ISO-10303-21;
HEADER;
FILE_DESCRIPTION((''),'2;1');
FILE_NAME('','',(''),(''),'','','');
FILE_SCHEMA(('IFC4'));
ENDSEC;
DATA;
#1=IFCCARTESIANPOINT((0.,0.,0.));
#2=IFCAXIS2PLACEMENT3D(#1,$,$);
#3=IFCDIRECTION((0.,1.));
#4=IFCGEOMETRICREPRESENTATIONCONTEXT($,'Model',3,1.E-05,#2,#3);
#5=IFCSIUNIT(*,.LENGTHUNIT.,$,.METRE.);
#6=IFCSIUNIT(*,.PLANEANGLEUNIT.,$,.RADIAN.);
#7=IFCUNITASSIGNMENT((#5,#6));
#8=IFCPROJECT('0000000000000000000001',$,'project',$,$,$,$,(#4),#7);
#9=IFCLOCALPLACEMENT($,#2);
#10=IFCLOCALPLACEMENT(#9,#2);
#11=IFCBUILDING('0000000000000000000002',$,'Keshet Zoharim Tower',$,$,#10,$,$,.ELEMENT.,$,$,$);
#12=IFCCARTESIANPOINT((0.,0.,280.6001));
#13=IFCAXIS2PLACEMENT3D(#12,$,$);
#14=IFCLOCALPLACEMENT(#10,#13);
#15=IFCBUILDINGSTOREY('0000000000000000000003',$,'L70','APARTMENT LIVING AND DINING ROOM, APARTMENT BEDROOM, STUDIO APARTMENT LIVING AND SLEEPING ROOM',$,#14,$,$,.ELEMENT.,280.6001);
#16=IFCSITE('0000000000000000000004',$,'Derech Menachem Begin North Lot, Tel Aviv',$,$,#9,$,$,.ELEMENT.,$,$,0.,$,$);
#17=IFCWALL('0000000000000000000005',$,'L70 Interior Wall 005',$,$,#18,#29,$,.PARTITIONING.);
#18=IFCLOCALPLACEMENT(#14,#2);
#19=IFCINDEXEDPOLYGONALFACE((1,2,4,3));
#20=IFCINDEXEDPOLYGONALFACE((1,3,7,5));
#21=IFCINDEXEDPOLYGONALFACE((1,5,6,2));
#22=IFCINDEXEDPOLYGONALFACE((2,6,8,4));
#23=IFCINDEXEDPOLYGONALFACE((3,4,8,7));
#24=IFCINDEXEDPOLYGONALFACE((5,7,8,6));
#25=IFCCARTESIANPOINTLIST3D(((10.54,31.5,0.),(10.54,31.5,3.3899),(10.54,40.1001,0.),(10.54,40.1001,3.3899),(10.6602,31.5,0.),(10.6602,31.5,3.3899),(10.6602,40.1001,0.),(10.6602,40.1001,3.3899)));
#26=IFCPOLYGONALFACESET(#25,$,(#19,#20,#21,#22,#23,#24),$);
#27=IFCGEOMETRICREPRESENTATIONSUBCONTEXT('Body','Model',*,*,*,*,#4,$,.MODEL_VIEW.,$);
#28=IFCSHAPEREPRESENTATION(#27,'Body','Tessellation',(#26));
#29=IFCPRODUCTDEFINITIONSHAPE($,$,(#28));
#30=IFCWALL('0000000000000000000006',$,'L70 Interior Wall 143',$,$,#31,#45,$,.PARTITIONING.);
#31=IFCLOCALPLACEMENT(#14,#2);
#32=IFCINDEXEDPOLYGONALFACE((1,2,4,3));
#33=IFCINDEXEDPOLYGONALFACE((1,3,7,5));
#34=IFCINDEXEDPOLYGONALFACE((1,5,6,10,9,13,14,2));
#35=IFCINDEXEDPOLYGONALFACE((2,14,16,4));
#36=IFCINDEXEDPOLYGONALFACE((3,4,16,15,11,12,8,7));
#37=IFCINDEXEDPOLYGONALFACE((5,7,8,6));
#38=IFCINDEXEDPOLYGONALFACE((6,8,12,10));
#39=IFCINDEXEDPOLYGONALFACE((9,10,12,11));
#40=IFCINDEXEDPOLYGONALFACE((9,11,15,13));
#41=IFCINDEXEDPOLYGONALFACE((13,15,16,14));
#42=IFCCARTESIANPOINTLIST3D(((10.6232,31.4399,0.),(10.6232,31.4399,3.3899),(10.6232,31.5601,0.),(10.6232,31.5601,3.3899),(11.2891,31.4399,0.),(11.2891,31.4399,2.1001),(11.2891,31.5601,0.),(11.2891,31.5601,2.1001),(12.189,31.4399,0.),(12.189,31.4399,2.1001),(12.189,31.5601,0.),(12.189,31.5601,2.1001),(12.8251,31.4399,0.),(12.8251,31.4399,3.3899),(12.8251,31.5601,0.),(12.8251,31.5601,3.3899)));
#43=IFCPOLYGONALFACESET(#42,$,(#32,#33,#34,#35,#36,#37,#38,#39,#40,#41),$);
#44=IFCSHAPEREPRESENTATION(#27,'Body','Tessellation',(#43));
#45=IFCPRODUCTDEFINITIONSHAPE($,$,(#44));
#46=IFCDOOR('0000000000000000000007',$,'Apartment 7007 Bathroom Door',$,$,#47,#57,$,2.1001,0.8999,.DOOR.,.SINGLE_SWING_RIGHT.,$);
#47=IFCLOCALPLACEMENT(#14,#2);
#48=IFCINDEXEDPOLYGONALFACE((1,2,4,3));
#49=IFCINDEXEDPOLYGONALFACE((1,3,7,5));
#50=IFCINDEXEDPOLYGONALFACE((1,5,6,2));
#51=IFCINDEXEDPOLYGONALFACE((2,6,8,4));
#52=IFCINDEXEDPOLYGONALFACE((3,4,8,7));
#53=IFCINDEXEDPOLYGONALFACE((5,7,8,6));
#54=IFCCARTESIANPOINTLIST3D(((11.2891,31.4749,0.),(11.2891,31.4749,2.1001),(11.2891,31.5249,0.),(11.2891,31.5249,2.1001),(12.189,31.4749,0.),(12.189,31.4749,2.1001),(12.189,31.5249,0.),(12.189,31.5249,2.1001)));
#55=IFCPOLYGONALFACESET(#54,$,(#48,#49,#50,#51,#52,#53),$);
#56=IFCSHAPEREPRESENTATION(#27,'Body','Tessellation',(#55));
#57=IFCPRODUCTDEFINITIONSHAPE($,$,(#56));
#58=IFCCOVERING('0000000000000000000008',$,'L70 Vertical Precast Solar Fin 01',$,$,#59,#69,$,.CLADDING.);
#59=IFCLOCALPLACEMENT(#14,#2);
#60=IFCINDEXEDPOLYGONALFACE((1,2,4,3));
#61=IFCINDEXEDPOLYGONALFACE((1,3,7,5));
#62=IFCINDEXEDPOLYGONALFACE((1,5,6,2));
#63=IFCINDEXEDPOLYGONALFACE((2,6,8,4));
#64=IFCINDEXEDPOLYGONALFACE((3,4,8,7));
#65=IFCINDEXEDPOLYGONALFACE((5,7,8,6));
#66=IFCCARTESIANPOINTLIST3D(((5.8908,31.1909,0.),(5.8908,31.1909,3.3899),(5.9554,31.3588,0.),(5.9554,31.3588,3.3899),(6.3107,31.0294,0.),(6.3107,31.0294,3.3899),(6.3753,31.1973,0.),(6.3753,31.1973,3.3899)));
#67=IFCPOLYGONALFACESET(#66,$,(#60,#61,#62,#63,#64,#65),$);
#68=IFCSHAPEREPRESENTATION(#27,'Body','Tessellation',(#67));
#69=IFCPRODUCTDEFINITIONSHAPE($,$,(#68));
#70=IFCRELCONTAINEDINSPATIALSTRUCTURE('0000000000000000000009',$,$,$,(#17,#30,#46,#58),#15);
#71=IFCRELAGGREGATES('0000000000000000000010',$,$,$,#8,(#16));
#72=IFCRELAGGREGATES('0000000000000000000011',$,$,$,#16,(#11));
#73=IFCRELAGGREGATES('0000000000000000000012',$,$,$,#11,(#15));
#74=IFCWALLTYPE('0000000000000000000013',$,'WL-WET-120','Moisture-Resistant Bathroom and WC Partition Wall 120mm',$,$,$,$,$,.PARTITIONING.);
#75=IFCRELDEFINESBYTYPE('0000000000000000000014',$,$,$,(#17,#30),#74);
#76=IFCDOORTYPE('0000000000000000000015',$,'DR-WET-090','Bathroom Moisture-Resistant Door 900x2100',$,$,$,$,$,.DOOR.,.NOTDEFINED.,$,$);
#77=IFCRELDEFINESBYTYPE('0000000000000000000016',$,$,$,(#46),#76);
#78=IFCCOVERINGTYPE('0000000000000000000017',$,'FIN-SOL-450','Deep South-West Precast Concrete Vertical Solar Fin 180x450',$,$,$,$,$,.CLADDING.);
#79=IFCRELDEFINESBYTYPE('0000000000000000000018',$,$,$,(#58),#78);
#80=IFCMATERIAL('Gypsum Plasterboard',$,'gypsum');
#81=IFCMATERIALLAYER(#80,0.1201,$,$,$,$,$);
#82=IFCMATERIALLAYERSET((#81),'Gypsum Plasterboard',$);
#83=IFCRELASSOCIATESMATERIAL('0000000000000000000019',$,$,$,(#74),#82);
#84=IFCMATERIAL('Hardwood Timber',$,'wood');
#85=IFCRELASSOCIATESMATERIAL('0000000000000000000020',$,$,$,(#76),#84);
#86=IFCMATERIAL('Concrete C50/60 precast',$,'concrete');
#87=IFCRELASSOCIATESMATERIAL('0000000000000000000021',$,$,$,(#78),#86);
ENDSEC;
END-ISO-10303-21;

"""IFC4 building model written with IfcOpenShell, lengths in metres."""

from ifc_helpers import new_model, si_unit, direction, frame, frame_2d, origin, origin_2d, place, context, subcontext, project, spatial, rectangle, extrude, material, layer, layer_set, type_object, element, fill, save


model = new_model("IFC4")

# Units and contexts
model_context = context("Model", 3, precision=1e-05, world=origin(), true_north=direction((0.0, 1.0)))
body_context = subcontext(model_context, "Body", "Model", "MODEL_VIEW")
ifc_project = project(units=[si_unit("LENGTHUNIT", "METRE"), si_unit("PLANEANGLEUNIT", "RADIAN")], contexts=[model_context])

# Site, building, storey
site_placement = place(None, origin())
site = spatial("IfcSite", under=ifc_project, at=site_placement, Name="Derech Menachem Begin North Lot, Tel Aviv", CompositionType="ELEMENT", RefElevation=0.0)
building_placement = place(site_placement, origin())
building = spatial("IfcBuilding", under=site, at=building_placement, Name="Keshet Zoharim Tower", CompositionType="ELEMENT")
storey_placement = place(building_placement, frame((0.0, 0.0, 280.6001)))
storey = spatial("IfcBuildingStorey", under=building, at=storey_placement, Name="L70", Description="APARTMENT LIVING AND DINING ROOM, APARTMENT BEDROOM, STUDIO APARTMENT LIVING AND SLEEPING ROOM", CompositionType="ELEMENT", Elevation=280.6001)

# Shared definitions
ifc_material_1 = material(Name="Hardwood Timber", Category="wood")

# Shared definitions
ifc_material_2 = material(Name="Gypsum Plasterboard", Category="gypsum")

# Wall
ifc_layer_1 = layer(ifc_material_2, 0.1201)
ifc_layer_set_1 = layer_set([ifc_layer_1], Name="Gypsum Plasterboard")
wall_type_1 = type_object("IfcWallType", Name="WL-WET-120", Description="Moisture-Resistant Bathroom and WC Partition Wall 120mm", PredefinedType="PARTITIONING", material=ifc_layer_set_1)
wall_1_placement = place(storey_placement, frame((10.6001, 31.5, 0.0), z_axis=(0.0, 0.0, 1.0), x_axis=(0.0, 1.0, 0.0)))
element("IfcWall", 1, at=wall_1_placement, inside=storey, type_object=wall_type_1, Name="L70 Interior Wall 005", PredefinedType="PARTITIONING", context=body_context, shape_type="SweptSolid", body=[
    extrude(rectangle(XDim=8.6001, YDim=0.1201, at=frame_2d((4.3, 0.0))), origin(), (0.0, 0.0, 1.0), 3.3899),
])

# Wall, opening, door
wall_2_placement = place(storey_placement, frame((10.623, 31.5, 0.0), z_axis=(0.0, 0.0, 1.0), x_axis=(1.0, 0.0, 0.0)))
wall_2 = element("IfcWall", 2, at=wall_2_placement, inside=storey, type_object=wall_type_1, Name="L70 Interior Wall 143", PredefinedType="PARTITIONING", context=body_context, shape_type="SweptSolid", body=[
    extrude(rectangle(XDim=2.2019, YDim=0.1201, at=frame_2d((1.1011, 0.0))), origin(), (0.0, 0.0, 1.0), 3.3899),
])
opening_1_placement = place(wall_2_placement, frame((0.666, 0.0, 0.0)))
opening_1 = element("IfcOpeningElement", 3, at=opening_1_placement, cuts=wall_2, PredefinedType="OPENING", context=body_context, shape_type="SweptSolid", body=[
    extrude(rectangle(XDim=0.8999, YDim=2.1001, at=frame_2d((0.45, 1.05))), frame((0.0, 0.0701, 0.0), z_axis=(0.0, -1.0, 0.0), x_axis=(1.0, 0.0, 0.0)), (0.0, 0.0, 1.0), 0.1401),
])
door_type_1 = type_object("IfcDoorType", Name="DR-WET-090", Description="Bathroom Moisture-Resistant Door 900x2100", OperationType="NOTDEFINED", PredefinedType="DOOR", material=ifc_material_1)
door_1_placement = place(opening_1_placement, origin())
door_1 = element("IfcDoor", 4, at=door_1_placement, inside=storey, type_object=door_type_1, Name="Apartment 7007 Bathroom Door", OperationType="SINGLE_SWING_RIGHT", OverallHeight=2.1001, OverallWidth=0.8999, PredefinedType="DOOR", context=body_context, shape_type="SweptSolid", body=[
    extrude(rectangle(XDim=0.8999, YDim=2.1001, at=frame_2d((0.45, 1.05))), frame((0.0, 0.0249, 0.0), z_axis=(0.0, -1.0, 0.0), x_axis=(1.0, 0.0, 0.0)), (0.0, 0.0, 1.0), 0.05),
])
fill(opening_1, door_1)

# Covering
ifc_material_3 = material(Name="Concrete C50/60 precast", Category="concrete")
covering_type = type_object("IfcCoveringType", Name="FIN-SOL-450", Description="Deep South-West Precast Concrete Vertical Solar Fin 180x450", PredefinedType="CLADDING", material=ifc_material_3)
covering_placement = place(storey_placement, frame((6.1331, 31.1941, 0.0), z_axis=(0.0, 0.0, 1.0), x_axis=(0.35899, 0.933341, 0.0)))
element("IfcCovering", 5, at=covering_placement, inside=storey, type_object=covering_type, Name="L70 Vertical Precast Solar Fin 01", PredefinedType="CLADDING", context=body_context, shape_type="SweptSolid", body=[
    extrude(rectangle(XDim=0.1799, YDim=0.45, at=origin_2d()), origin(), (0.0, 0.0, 1.0), 3.3899),
])

save(model, "model.ifc")
